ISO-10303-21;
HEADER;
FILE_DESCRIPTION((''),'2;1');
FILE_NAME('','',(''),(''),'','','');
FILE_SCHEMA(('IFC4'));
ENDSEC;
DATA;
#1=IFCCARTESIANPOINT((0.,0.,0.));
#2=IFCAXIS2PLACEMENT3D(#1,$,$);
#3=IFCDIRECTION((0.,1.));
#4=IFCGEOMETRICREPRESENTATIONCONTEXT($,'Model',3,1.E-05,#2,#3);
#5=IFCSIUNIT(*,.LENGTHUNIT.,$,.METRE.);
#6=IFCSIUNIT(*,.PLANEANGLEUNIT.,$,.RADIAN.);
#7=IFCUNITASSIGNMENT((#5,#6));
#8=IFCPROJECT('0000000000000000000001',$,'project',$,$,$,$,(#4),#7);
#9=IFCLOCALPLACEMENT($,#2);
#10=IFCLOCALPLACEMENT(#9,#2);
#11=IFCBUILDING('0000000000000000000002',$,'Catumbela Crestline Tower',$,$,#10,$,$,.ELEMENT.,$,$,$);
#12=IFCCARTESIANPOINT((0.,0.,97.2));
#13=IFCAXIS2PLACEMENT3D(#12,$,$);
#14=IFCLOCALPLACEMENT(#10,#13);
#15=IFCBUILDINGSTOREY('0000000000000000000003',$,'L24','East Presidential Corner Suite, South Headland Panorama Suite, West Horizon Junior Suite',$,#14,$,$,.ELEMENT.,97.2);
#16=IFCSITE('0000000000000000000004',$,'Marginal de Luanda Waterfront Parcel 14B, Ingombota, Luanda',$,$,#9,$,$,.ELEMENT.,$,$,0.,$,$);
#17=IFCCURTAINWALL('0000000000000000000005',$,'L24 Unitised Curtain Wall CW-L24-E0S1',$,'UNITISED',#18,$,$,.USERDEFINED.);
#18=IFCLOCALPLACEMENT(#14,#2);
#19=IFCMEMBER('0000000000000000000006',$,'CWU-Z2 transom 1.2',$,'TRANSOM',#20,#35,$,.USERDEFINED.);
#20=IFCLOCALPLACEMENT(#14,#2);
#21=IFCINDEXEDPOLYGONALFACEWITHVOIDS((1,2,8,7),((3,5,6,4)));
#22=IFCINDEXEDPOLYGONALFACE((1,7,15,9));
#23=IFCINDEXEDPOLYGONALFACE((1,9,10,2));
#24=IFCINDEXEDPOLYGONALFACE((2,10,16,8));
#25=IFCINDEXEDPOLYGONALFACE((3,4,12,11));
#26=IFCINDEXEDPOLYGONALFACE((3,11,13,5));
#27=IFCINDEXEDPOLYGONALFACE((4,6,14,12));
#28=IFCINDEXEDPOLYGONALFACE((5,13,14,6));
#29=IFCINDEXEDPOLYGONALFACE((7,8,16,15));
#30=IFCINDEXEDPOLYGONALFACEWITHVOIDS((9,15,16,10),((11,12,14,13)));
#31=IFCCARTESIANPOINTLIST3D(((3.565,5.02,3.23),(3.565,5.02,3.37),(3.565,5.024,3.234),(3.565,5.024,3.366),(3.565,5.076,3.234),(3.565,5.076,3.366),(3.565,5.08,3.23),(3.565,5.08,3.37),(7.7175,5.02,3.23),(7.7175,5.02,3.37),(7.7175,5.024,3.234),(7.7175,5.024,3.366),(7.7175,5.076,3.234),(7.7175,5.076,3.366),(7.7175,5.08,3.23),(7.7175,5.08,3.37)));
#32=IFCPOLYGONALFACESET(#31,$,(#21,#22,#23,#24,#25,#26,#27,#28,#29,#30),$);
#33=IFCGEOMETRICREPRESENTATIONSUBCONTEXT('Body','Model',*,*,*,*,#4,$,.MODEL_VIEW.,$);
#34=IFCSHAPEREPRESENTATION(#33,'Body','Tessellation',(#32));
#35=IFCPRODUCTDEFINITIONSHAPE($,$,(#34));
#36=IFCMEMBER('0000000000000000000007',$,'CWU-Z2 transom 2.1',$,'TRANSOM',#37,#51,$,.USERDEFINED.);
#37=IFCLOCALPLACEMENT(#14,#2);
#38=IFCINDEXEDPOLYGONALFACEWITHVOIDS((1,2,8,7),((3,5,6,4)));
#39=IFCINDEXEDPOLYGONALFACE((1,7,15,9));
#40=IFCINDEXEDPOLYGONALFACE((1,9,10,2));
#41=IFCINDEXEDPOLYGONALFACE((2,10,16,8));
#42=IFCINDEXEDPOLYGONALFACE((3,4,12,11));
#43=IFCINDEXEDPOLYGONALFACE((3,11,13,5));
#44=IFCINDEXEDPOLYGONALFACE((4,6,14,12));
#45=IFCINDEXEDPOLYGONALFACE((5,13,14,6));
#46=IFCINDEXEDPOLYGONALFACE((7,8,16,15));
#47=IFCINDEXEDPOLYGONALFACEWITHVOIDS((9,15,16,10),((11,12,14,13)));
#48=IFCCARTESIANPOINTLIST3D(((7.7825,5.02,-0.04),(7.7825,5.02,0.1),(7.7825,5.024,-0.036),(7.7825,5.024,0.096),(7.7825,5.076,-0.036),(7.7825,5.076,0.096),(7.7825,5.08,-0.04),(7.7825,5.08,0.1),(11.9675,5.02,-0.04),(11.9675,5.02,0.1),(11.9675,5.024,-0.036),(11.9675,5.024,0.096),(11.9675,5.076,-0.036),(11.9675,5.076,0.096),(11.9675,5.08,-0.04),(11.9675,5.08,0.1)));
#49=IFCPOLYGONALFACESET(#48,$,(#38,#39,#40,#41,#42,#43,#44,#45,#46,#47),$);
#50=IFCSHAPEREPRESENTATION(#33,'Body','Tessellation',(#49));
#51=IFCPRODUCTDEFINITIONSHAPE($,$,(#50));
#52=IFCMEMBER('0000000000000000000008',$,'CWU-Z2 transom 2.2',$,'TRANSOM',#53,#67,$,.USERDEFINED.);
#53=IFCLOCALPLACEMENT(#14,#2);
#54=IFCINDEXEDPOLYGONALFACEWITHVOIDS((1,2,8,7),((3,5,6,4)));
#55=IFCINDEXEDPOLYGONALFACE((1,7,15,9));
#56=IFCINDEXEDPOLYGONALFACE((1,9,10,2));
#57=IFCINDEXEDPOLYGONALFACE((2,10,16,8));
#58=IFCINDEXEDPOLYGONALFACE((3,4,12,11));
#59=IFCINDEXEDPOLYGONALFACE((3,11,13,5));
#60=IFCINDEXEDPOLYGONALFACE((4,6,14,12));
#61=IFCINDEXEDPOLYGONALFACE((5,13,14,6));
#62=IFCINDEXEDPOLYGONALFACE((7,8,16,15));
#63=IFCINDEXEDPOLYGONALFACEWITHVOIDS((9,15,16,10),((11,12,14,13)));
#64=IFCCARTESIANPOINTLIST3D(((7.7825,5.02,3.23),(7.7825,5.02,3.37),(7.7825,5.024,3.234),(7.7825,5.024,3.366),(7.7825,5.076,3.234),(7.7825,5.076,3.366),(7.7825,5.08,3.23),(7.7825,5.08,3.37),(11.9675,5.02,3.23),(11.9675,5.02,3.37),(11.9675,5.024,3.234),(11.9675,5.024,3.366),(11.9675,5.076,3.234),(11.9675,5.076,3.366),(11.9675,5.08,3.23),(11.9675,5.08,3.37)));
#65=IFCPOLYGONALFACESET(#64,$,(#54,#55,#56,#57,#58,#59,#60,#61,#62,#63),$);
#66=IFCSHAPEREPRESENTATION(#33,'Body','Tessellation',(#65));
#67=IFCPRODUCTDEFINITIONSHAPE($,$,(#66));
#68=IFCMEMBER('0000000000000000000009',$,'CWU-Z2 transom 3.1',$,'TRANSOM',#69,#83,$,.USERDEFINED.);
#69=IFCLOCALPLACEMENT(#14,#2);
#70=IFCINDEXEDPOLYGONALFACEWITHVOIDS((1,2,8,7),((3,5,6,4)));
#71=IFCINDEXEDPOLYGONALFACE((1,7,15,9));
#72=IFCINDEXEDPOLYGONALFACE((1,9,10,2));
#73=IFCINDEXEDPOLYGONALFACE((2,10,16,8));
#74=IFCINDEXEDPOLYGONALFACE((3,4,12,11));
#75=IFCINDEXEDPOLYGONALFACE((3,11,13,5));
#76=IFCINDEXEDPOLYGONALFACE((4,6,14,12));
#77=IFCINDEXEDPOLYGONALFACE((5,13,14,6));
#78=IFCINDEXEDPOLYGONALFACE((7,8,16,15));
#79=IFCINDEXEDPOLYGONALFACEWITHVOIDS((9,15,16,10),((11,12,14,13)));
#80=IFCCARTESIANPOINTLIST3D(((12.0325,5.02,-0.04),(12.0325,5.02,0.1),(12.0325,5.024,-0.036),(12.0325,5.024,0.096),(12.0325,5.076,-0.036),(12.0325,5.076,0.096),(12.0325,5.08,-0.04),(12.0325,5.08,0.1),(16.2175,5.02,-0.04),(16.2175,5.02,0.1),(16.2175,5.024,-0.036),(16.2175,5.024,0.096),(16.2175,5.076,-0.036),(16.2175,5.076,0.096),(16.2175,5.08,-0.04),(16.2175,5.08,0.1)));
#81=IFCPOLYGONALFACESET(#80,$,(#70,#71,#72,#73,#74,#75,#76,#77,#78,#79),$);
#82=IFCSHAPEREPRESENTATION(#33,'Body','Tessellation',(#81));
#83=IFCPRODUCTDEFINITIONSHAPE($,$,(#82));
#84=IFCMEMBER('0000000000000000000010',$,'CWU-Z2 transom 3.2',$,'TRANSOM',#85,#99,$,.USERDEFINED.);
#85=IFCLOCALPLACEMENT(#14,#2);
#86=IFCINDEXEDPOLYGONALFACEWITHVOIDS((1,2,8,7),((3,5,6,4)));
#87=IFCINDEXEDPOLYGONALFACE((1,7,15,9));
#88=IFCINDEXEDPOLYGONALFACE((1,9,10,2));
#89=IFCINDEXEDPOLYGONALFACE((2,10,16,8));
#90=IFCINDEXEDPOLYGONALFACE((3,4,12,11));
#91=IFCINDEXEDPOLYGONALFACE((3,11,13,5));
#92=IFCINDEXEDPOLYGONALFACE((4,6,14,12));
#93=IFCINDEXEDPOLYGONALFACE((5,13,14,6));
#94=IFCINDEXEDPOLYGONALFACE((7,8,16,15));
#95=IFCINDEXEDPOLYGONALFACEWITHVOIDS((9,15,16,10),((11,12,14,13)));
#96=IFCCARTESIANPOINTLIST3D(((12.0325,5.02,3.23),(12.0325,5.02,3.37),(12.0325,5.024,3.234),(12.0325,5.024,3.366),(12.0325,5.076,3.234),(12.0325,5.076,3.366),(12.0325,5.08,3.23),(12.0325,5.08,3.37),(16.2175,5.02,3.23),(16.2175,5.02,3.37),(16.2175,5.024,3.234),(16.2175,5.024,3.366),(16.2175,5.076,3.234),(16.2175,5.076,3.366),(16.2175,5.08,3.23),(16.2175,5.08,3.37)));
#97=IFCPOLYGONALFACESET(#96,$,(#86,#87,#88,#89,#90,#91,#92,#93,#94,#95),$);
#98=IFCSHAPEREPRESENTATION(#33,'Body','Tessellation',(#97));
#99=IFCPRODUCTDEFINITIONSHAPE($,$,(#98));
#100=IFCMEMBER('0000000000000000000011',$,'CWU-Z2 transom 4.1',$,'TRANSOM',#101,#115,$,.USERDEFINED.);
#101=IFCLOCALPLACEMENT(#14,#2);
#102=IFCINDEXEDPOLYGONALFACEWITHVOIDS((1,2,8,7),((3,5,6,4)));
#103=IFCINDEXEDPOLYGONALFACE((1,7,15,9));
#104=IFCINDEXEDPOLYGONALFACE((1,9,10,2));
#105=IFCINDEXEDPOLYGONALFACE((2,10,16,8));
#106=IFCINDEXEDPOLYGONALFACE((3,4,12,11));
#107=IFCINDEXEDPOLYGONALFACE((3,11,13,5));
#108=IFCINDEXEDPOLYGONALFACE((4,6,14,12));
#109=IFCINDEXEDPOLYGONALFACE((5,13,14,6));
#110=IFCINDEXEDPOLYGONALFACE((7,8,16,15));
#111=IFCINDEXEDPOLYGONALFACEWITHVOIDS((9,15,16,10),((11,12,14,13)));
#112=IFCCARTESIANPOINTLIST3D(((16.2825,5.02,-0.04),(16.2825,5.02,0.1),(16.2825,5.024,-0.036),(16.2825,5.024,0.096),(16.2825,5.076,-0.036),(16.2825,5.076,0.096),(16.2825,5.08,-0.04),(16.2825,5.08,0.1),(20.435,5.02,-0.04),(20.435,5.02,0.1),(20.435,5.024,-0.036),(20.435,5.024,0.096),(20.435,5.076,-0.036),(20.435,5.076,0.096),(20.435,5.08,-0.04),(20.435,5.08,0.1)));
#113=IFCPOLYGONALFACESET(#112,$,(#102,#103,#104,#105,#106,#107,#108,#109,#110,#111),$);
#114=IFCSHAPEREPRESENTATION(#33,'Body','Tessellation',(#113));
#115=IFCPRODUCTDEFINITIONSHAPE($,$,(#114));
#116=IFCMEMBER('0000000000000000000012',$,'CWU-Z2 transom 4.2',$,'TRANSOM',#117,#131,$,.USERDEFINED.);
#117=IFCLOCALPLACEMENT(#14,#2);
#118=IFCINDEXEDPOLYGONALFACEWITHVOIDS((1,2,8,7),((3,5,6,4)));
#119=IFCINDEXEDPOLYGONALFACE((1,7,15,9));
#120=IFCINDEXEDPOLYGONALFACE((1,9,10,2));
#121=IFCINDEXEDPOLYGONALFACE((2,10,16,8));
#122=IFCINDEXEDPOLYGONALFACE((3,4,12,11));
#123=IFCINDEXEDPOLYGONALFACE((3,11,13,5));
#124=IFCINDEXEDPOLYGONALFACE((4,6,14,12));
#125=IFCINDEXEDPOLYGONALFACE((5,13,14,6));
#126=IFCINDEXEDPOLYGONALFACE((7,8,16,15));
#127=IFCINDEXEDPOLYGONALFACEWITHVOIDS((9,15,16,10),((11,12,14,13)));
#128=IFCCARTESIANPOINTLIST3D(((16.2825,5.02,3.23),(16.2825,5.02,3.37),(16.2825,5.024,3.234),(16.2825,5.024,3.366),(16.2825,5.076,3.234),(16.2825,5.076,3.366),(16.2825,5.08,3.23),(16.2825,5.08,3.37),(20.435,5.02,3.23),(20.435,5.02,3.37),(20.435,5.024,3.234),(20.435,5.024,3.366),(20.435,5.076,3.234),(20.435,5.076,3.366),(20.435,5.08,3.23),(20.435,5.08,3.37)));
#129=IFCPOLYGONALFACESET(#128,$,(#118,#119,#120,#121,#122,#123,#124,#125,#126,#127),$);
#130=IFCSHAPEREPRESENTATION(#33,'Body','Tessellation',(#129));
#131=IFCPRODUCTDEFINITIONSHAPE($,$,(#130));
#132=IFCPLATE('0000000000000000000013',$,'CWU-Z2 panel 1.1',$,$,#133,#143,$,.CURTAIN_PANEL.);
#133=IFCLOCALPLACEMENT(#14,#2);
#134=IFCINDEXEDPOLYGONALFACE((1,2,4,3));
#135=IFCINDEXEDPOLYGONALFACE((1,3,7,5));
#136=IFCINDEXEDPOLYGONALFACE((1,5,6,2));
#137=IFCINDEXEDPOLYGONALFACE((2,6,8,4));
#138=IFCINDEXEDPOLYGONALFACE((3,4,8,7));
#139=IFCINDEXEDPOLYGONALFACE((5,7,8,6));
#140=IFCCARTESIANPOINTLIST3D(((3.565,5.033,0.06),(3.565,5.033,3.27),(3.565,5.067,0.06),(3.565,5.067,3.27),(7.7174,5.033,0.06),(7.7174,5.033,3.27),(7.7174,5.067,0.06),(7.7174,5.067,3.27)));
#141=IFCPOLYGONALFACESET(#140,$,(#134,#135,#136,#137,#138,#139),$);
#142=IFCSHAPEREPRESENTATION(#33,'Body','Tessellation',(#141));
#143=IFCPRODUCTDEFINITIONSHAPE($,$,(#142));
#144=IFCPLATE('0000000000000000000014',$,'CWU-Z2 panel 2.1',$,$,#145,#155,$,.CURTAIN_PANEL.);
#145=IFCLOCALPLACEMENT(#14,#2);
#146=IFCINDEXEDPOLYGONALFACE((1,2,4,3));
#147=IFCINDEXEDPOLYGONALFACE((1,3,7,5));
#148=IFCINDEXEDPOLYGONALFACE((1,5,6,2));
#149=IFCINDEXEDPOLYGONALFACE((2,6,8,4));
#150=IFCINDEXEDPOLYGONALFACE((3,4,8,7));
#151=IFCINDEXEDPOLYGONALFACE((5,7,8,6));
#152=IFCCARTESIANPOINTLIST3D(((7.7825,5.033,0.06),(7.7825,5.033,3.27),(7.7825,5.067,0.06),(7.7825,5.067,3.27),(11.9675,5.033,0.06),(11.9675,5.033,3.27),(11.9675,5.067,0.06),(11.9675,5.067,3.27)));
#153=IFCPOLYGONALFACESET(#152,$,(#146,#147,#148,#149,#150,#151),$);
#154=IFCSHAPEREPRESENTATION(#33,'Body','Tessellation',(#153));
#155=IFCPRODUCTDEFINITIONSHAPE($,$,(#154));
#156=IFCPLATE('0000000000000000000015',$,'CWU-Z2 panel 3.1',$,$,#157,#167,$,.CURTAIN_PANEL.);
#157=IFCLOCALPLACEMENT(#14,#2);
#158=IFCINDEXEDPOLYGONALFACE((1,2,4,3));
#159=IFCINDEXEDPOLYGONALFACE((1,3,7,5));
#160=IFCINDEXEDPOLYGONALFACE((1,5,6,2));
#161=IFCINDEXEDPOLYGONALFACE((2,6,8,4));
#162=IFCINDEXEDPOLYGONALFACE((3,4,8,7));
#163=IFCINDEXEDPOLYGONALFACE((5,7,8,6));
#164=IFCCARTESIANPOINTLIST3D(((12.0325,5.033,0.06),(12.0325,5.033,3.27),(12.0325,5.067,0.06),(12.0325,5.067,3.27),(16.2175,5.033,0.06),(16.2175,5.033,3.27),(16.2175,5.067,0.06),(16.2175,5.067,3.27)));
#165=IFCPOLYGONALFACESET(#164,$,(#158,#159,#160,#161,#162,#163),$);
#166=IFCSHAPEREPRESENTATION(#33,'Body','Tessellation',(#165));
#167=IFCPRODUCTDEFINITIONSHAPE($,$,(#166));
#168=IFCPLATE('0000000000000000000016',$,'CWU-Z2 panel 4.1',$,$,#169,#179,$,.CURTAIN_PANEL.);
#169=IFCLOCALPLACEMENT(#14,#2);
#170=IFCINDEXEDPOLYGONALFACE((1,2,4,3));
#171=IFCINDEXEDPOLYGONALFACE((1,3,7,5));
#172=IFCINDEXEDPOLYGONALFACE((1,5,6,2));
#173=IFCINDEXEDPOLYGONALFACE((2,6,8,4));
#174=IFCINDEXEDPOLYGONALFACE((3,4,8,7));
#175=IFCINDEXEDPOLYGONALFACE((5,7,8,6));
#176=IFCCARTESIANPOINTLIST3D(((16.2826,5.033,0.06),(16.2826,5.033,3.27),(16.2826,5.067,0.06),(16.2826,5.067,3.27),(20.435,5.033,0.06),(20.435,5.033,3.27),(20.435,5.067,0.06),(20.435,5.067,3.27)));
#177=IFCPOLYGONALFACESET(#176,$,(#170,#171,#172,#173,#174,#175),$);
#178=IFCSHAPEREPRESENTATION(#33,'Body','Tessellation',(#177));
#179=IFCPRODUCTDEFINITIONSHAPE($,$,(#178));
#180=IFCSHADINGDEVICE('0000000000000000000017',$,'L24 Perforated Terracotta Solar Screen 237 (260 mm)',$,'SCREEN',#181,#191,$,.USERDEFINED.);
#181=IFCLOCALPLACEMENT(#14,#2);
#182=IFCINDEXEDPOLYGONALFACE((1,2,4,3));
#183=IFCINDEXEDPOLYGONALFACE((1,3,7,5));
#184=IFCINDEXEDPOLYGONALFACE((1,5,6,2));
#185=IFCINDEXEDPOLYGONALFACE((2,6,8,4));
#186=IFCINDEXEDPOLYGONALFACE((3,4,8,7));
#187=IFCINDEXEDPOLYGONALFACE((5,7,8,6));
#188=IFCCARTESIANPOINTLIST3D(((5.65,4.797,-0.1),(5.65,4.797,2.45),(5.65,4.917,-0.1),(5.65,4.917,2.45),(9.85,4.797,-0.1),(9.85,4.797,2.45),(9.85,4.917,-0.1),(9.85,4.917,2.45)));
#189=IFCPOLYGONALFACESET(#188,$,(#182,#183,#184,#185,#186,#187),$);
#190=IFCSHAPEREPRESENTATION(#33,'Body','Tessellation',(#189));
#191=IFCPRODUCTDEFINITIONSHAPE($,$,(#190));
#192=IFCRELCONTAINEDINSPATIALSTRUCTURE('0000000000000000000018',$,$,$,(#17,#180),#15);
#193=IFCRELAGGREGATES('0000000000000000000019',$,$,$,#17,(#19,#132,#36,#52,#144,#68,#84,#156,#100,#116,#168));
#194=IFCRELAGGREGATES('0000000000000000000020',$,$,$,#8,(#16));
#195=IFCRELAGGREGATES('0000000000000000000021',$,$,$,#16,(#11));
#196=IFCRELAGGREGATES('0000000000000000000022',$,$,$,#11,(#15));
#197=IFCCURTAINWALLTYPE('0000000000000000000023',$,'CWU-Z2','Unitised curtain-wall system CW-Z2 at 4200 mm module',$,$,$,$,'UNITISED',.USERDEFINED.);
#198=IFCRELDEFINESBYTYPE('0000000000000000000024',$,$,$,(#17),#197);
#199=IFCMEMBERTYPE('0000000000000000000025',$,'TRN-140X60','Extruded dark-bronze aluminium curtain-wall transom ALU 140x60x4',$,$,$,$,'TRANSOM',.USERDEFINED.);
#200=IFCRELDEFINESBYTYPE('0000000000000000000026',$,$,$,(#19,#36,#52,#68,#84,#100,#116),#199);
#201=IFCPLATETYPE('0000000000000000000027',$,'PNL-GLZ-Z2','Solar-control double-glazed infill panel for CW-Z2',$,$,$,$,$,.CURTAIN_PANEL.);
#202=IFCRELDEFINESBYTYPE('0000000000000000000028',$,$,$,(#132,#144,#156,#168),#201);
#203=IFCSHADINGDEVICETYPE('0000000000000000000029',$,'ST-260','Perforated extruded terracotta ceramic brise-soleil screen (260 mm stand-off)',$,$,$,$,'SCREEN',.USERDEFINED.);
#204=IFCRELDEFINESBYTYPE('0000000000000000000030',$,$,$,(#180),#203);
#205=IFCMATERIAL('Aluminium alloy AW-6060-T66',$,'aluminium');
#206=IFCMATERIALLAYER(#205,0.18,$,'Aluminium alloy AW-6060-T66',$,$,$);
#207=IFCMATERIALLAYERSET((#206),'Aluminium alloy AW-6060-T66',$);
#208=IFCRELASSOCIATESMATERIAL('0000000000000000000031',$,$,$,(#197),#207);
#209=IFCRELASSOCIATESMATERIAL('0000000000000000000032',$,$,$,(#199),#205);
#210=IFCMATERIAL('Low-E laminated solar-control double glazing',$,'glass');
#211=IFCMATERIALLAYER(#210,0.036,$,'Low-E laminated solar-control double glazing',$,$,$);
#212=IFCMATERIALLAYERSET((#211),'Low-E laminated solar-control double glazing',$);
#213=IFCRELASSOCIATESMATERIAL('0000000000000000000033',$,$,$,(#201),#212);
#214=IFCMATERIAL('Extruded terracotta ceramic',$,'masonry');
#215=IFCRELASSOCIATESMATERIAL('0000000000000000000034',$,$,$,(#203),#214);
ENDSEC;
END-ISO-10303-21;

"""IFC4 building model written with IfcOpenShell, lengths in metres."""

from ifc_helpers import new_model, si_unit, direction, frame, origin, origin_2d, place, context, subcontext, project, spatial, rectangle, hollow_rectangle, extrude, material, layer, layer_set, material_profile, profile_set, type_object, element, aggregate, save


model = new_model("IFC4")

# Units and contexts
model_context = context("Model", 3, precision=1e-05, world=origin(), true_north=direction((0.0, 1.0)))
body_context = subcontext(model_context, "Body", "Model", "MODEL_VIEW")
ifc_project = project(units=[si_unit("LENGTHUNIT", "METRE"), si_unit("PLANEANGLEUNIT", "RADIAN")], contexts=[model_context])

# Site, building, storey
site_placement = place(None, origin())
site = spatial("IfcSite", under=ifc_project, at=site_placement, Name="Marginal de Luanda Waterfront Parcel 14B, Ingombota, Luanda", CompositionType="ELEMENT", RefElevation=0.0)
building_placement = place(site_placement, origin())
building = spatial("IfcBuilding", under=site, at=building_placement, Name="Catumbela Crestline Tower", CompositionType="ELEMENT")
storey_placement = place(building_placement, frame((0.0, 0.0, 97.2)))
storey = spatial("IfcBuildingStorey", under=building, at=storey_placement, Name="L24", Description="East Presidential Corner Suite, South Headland Panorama Suite, West Horizon Junior Suite", CompositionType="ELEMENT", Elevation=97.2)

# Curtain wall, members, plates
ifc_material_1 = material(Name="Aluminium alloy AW-6060-T66", Category="aluminium")
ifc_layer_1 = layer(ifc_material_1, 0.18, Name="Aluminium alloy AW-6060-T66")
ifc_layer_set_1 = layer_set([ifc_layer_1], Name="Aluminium alloy AW-6060-T66")
curtain_wall_type = type_object("IfcCurtainWallType", Name="CWU-Z2", Description="Unitised curtain-wall system CW-Z2 at 4200 mm module", ElementType="UNITISED", PredefinedType="USERDEFINED", material=ifc_layer_set_1)
curtain_wall_placement = place(storey_placement, origin())
curtain_wall = element("IfcCurtainWall", 1, at=curtain_wall_placement, inside=storey, type_object=curtain_wall_type, Name="L24 Unitised Curtain Wall CW-L24-E0S1", ObjectType="UNITISED", PredefinedType="USERDEFINED")
ifc_material_profile_1 = material_profile(ifc_material_1, hollow_rectangle(XDim=0.06, YDim=0.14, WallThickness=0.004, at=origin_2d()), Name="ALU 140x60x4")
ifc_profile_set_1 = profile_set([ifc_material_profile_1], Name="Aluminium alloy AW-6060-T66")
member_type_1 = type_object("IfcMemberType", Name="TRN-140X60", Description="Extruded dark-bronze aluminium curtain-wall transom ALU 140x60x4", ElementType="TRANSOM", PredefinedType="USERDEFINED", material=ifc_profile_set_1)
member_1_placement = place(storey_placement, frame((3.565, 5.05, 3.3), z_axis=(1.0, 0.0, 0.0), x_axis=(0.0, 1.0, 0.0)))
member_1 = element("IfcMember", 2, at=member_1_placement, type_object=member_type_1, Name="CWU-Z2 transom 1.2", ObjectType="TRANSOM", PredefinedType="USERDEFINED", context=body_context, shape_type="SweptSolid", body=[
    extrude(hollow_rectangle(XDim=0.06, YDim=0.14, WallThickness=0.004, at=origin_2d()), origin(), (0.0, 0.0, 1.0), 4.1525),
])
member_2_placement = place(storey_placement, frame((7.7825, 5.05, 0.03), z_axis=(1.0, 0.0, 0.0), x_axis=(0.0, 1.0, 0.0)))
member_2 = element("IfcMember", 3, at=member_2_placement, type_object=member_type_1, Name="CWU-Z2 transom 2.1", ObjectType="TRANSOM", PredefinedType="USERDEFINED", context=body_context, shape_type="SweptSolid", body=[
    extrude(hollow_rectangle(XDim=0.06, YDim=0.14, WallThickness=0.004, at=origin_2d()), origin(), (0.0, 0.0, 1.0), 4.185),
])
member_3_placement = place(storey_placement, frame((7.7825, 5.05, 3.3), z_axis=(1.0, 0.0, 0.0), x_axis=(0.0, 1.0, 0.0)))
member_3 = element("IfcMember", 4, at=member_3_placement, type_object=member_type_1, Name="CWU-Z2 transom 2.2", ObjectType="TRANSOM", PredefinedType="USERDEFINED", context=body_context, shape_type="SweptSolid", body=[
    extrude(hollow_rectangle(XDim=0.06, YDim=0.14, WallThickness=0.004, at=origin_2d()), origin(), (0.0, 0.0, 1.0), 4.185),
])
member_4_placement = place(storey_placement, frame((12.0325, 5.05, 0.03), z_axis=(1.0, 0.0, 0.0), x_axis=(0.0, 1.0, 0.0)))
member_4 = element("IfcMember", 5, at=member_4_placement, type_object=member_type_1, Name="CWU-Z2 transom 3.1", ObjectType="TRANSOM", PredefinedType="USERDEFINED", context=body_context, shape_type="SweptSolid", body=[
    extrude(hollow_rectangle(XDim=0.06, YDim=0.14, WallThickness=0.004, at=origin_2d()), origin(), (0.0, 0.0, 1.0), 4.185),
])
member_5_placement = place(storey_placement, frame((12.0325, 5.05, 3.3), z_axis=(1.0, 0.0, 0.0), x_axis=(0.0, 1.0, 0.0)))
member_5 = element("IfcMember", 6, at=member_5_placement, type_object=member_type_1, Name="CWU-Z2 transom 3.2", ObjectType="TRANSOM", PredefinedType="USERDEFINED", context=body_context, shape_type="SweptSolid", body=[
    extrude(hollow_rectangle(XDim=0.06, YDim=0.14, WallThickness=0.004, at=origin_2d()), origin(), (0.0, 0.0, 1.0), 4.185),
])
member_6_placement = place(storey_placement, frame((16.2825, 5.05, 0.03), z_axis=(1.0, 0.0, 0.0), x_axis=(0.0, 1.0, 0.0)))
member_6 = element("IfcMember", 7, at=member_6_placement, type_object=member_type_1, Name="CWU-Z2 transom 4.1", ObjectType="TRANSOM", PredefinedType="USERDEFINED", context=body_context, shape_type="SweptSolid", body=[
    extrude(hollow_rectangle(XDim=0.06, YDim=0.14, WallThickness=0.004, at=origin_2d()), origin(), (0.0, 0.0, 1.0), 4.1525),
])
member_7_placement = place(storey_placement, frame((16.2825, 5.05, 3.3), z_axis=(1.0, 0.0, 0.0), x_axis=(0.0, 1.0, 0.0)))
member_7 = element("IfcMember", 8, at=member_7_placement, type_object=member_type_1, Name="CWU-Z2 transom 4.2", ObjectType="TRANSOM", PredefinedType="USERDEFINED", context=body_context, shape_type="SweptSolid", body=[
    extrude(hollow_rectangle(XDim=0.06, YDim=0.14, WallThickness=0.004, at=origin_2d()), origin(), (0.0, 0.0, 1.0), 4.1525),
])
ifc_material_2 = material(Name="Low-E laminated solar-control double glazing", Category="glass")
ifc_layer_2 = layer(ifc_material_2, 0.036, Name="Low-E laminated solar-control double glazing")
ifc_layer_set_2 = layer_set([ifc_layer_2], Name="Low-E laminated solar-control double glazing")
plate_type = type_object("IfcPlateType", Name="PNL-GLZ-Z2", Description="Solar-control double-glazed infill panel for CW-Z2", PredefinedType="CURTAIN_PANEL", material=ifc_layer_set_2)
plate_1_placement = place(storey_placement, frame((5.6412, 5.05, 0.06), z_axis=(0.0, 0.0, 1.0), x_axis=(1.0, 0.0, 0.0)))
plate_1 = element("IfcPlate", 9, at=plate_1_placement, type_object=plate_type, Name="CWU-Z2 panel 1.1", PredefinedType="CURTAIN_PANEL", context=body_context, shape_type="SweptSolid", body=[
    extrude(rectangle(XDim=4.1525, YDim=0.034, at=origin_2d()), origin(), (0.0, 0.0, 1.0), 3.21),
])
plate_2_placement = place(storey_placement, frame((9.875, 5.05, 0.06), z_axis=(0.0, 0.0, 1.0), x_axis=(1.0, 0.0, 0.0)))
plate_2 = element("IfcPlate", 10, at=plate_2_placement, type_object=plate_type, Name="CWU-Z2 panel 2.1", PredefinedType="CURTAIN_PANEL", context=body_context, shape_type="SweptSolid", body=[
    extrude(rectangle(XDim=4.185, YDim=0.034, at=origin_2d()), origin(), (0.0, 0.0, 1.0), 3.21),
])
plate_3_placement = place(storey_placement, frame((14.125, 5.05, 0.06), z_axis=(0.0, 0.0, 1.0), x_axis=(1.0, 0.0, 0.0)))
plate_3 = element("IfcPlate", 11, at=plate_3_placement, type_object=plate_type, Name="CWU-Z2 panel 3.1", PredefinedType="CURTAIN_PANEL", context=body_context, shape_type="SweptSolid", body=[
    extrude(rectangle(XDim=4.185, YDim=0.034, at=origin_2d()), origin(), (0.0, 0.0, 1.0), 3.21),
])
plate_4_placement = place(storey_placement, frame((18.3588, 5.05, 0.06), z_axis=(0.0, 0.0, 1.0), x_axis=(1.0, 0.0, 0.0)))
plate_4 = element("IfcPlate", 12, at=plate_4_placement, type_object=plate_type, Name="CWU-Z2 panel 4.1", PredefinedType="CURTAIN_PANEL", context=body_context, shape_type="SweptSolid", body=[
    extrude(rectangle(XDim=4.1525, YDim=0.034, at=origin_2d()), origin(), (0.0, 0.0, 1.0), 3.21),
])
aggregate(curtain_wall, [member_1, plate_1, member_2, member_3, plate_2, member_4, member_5, plate_3, member_6, member_7, plate_4])

# Shading device
ifc_material_3 = material(Name="Extruded terracotta ceramic", Category="masonry")
shading_device_type_1 = type_object("IfcShadingDeviceType", Name="ST-260", Description="Perforated extruded terracotta ceramic brise-soleil screen (260 mm stand-off)", ElementType="SCREEN", PredefinedType="USERDEFINED", material=ifc_material_3)
shading_device_1_placement = place(storey_placement, frame((7.75, 4.857, -0.1), z_axis=(0.0, 0.0, 1.0), x_axis=(1.0, 0.0, 0.0)))
element("IfcShadingDevice", 13, at=shading_device_1_placement, inside=storey, type_object=shading_device_type_1, Name="L24 Perforated Terracotta Solar Screen 237 (260 mm)", ObjectType="SCREEN", PredefinedType="USERDEFINED", context=body_context, shape_type="SweptSolid", body=[
    extrude(rectangle(XDim=4.2, YDim=0.12, at=origin_2d()), origin(), (0.0, 0.0, 1.0), 2.55),
])

save(model, "model.ifc")
